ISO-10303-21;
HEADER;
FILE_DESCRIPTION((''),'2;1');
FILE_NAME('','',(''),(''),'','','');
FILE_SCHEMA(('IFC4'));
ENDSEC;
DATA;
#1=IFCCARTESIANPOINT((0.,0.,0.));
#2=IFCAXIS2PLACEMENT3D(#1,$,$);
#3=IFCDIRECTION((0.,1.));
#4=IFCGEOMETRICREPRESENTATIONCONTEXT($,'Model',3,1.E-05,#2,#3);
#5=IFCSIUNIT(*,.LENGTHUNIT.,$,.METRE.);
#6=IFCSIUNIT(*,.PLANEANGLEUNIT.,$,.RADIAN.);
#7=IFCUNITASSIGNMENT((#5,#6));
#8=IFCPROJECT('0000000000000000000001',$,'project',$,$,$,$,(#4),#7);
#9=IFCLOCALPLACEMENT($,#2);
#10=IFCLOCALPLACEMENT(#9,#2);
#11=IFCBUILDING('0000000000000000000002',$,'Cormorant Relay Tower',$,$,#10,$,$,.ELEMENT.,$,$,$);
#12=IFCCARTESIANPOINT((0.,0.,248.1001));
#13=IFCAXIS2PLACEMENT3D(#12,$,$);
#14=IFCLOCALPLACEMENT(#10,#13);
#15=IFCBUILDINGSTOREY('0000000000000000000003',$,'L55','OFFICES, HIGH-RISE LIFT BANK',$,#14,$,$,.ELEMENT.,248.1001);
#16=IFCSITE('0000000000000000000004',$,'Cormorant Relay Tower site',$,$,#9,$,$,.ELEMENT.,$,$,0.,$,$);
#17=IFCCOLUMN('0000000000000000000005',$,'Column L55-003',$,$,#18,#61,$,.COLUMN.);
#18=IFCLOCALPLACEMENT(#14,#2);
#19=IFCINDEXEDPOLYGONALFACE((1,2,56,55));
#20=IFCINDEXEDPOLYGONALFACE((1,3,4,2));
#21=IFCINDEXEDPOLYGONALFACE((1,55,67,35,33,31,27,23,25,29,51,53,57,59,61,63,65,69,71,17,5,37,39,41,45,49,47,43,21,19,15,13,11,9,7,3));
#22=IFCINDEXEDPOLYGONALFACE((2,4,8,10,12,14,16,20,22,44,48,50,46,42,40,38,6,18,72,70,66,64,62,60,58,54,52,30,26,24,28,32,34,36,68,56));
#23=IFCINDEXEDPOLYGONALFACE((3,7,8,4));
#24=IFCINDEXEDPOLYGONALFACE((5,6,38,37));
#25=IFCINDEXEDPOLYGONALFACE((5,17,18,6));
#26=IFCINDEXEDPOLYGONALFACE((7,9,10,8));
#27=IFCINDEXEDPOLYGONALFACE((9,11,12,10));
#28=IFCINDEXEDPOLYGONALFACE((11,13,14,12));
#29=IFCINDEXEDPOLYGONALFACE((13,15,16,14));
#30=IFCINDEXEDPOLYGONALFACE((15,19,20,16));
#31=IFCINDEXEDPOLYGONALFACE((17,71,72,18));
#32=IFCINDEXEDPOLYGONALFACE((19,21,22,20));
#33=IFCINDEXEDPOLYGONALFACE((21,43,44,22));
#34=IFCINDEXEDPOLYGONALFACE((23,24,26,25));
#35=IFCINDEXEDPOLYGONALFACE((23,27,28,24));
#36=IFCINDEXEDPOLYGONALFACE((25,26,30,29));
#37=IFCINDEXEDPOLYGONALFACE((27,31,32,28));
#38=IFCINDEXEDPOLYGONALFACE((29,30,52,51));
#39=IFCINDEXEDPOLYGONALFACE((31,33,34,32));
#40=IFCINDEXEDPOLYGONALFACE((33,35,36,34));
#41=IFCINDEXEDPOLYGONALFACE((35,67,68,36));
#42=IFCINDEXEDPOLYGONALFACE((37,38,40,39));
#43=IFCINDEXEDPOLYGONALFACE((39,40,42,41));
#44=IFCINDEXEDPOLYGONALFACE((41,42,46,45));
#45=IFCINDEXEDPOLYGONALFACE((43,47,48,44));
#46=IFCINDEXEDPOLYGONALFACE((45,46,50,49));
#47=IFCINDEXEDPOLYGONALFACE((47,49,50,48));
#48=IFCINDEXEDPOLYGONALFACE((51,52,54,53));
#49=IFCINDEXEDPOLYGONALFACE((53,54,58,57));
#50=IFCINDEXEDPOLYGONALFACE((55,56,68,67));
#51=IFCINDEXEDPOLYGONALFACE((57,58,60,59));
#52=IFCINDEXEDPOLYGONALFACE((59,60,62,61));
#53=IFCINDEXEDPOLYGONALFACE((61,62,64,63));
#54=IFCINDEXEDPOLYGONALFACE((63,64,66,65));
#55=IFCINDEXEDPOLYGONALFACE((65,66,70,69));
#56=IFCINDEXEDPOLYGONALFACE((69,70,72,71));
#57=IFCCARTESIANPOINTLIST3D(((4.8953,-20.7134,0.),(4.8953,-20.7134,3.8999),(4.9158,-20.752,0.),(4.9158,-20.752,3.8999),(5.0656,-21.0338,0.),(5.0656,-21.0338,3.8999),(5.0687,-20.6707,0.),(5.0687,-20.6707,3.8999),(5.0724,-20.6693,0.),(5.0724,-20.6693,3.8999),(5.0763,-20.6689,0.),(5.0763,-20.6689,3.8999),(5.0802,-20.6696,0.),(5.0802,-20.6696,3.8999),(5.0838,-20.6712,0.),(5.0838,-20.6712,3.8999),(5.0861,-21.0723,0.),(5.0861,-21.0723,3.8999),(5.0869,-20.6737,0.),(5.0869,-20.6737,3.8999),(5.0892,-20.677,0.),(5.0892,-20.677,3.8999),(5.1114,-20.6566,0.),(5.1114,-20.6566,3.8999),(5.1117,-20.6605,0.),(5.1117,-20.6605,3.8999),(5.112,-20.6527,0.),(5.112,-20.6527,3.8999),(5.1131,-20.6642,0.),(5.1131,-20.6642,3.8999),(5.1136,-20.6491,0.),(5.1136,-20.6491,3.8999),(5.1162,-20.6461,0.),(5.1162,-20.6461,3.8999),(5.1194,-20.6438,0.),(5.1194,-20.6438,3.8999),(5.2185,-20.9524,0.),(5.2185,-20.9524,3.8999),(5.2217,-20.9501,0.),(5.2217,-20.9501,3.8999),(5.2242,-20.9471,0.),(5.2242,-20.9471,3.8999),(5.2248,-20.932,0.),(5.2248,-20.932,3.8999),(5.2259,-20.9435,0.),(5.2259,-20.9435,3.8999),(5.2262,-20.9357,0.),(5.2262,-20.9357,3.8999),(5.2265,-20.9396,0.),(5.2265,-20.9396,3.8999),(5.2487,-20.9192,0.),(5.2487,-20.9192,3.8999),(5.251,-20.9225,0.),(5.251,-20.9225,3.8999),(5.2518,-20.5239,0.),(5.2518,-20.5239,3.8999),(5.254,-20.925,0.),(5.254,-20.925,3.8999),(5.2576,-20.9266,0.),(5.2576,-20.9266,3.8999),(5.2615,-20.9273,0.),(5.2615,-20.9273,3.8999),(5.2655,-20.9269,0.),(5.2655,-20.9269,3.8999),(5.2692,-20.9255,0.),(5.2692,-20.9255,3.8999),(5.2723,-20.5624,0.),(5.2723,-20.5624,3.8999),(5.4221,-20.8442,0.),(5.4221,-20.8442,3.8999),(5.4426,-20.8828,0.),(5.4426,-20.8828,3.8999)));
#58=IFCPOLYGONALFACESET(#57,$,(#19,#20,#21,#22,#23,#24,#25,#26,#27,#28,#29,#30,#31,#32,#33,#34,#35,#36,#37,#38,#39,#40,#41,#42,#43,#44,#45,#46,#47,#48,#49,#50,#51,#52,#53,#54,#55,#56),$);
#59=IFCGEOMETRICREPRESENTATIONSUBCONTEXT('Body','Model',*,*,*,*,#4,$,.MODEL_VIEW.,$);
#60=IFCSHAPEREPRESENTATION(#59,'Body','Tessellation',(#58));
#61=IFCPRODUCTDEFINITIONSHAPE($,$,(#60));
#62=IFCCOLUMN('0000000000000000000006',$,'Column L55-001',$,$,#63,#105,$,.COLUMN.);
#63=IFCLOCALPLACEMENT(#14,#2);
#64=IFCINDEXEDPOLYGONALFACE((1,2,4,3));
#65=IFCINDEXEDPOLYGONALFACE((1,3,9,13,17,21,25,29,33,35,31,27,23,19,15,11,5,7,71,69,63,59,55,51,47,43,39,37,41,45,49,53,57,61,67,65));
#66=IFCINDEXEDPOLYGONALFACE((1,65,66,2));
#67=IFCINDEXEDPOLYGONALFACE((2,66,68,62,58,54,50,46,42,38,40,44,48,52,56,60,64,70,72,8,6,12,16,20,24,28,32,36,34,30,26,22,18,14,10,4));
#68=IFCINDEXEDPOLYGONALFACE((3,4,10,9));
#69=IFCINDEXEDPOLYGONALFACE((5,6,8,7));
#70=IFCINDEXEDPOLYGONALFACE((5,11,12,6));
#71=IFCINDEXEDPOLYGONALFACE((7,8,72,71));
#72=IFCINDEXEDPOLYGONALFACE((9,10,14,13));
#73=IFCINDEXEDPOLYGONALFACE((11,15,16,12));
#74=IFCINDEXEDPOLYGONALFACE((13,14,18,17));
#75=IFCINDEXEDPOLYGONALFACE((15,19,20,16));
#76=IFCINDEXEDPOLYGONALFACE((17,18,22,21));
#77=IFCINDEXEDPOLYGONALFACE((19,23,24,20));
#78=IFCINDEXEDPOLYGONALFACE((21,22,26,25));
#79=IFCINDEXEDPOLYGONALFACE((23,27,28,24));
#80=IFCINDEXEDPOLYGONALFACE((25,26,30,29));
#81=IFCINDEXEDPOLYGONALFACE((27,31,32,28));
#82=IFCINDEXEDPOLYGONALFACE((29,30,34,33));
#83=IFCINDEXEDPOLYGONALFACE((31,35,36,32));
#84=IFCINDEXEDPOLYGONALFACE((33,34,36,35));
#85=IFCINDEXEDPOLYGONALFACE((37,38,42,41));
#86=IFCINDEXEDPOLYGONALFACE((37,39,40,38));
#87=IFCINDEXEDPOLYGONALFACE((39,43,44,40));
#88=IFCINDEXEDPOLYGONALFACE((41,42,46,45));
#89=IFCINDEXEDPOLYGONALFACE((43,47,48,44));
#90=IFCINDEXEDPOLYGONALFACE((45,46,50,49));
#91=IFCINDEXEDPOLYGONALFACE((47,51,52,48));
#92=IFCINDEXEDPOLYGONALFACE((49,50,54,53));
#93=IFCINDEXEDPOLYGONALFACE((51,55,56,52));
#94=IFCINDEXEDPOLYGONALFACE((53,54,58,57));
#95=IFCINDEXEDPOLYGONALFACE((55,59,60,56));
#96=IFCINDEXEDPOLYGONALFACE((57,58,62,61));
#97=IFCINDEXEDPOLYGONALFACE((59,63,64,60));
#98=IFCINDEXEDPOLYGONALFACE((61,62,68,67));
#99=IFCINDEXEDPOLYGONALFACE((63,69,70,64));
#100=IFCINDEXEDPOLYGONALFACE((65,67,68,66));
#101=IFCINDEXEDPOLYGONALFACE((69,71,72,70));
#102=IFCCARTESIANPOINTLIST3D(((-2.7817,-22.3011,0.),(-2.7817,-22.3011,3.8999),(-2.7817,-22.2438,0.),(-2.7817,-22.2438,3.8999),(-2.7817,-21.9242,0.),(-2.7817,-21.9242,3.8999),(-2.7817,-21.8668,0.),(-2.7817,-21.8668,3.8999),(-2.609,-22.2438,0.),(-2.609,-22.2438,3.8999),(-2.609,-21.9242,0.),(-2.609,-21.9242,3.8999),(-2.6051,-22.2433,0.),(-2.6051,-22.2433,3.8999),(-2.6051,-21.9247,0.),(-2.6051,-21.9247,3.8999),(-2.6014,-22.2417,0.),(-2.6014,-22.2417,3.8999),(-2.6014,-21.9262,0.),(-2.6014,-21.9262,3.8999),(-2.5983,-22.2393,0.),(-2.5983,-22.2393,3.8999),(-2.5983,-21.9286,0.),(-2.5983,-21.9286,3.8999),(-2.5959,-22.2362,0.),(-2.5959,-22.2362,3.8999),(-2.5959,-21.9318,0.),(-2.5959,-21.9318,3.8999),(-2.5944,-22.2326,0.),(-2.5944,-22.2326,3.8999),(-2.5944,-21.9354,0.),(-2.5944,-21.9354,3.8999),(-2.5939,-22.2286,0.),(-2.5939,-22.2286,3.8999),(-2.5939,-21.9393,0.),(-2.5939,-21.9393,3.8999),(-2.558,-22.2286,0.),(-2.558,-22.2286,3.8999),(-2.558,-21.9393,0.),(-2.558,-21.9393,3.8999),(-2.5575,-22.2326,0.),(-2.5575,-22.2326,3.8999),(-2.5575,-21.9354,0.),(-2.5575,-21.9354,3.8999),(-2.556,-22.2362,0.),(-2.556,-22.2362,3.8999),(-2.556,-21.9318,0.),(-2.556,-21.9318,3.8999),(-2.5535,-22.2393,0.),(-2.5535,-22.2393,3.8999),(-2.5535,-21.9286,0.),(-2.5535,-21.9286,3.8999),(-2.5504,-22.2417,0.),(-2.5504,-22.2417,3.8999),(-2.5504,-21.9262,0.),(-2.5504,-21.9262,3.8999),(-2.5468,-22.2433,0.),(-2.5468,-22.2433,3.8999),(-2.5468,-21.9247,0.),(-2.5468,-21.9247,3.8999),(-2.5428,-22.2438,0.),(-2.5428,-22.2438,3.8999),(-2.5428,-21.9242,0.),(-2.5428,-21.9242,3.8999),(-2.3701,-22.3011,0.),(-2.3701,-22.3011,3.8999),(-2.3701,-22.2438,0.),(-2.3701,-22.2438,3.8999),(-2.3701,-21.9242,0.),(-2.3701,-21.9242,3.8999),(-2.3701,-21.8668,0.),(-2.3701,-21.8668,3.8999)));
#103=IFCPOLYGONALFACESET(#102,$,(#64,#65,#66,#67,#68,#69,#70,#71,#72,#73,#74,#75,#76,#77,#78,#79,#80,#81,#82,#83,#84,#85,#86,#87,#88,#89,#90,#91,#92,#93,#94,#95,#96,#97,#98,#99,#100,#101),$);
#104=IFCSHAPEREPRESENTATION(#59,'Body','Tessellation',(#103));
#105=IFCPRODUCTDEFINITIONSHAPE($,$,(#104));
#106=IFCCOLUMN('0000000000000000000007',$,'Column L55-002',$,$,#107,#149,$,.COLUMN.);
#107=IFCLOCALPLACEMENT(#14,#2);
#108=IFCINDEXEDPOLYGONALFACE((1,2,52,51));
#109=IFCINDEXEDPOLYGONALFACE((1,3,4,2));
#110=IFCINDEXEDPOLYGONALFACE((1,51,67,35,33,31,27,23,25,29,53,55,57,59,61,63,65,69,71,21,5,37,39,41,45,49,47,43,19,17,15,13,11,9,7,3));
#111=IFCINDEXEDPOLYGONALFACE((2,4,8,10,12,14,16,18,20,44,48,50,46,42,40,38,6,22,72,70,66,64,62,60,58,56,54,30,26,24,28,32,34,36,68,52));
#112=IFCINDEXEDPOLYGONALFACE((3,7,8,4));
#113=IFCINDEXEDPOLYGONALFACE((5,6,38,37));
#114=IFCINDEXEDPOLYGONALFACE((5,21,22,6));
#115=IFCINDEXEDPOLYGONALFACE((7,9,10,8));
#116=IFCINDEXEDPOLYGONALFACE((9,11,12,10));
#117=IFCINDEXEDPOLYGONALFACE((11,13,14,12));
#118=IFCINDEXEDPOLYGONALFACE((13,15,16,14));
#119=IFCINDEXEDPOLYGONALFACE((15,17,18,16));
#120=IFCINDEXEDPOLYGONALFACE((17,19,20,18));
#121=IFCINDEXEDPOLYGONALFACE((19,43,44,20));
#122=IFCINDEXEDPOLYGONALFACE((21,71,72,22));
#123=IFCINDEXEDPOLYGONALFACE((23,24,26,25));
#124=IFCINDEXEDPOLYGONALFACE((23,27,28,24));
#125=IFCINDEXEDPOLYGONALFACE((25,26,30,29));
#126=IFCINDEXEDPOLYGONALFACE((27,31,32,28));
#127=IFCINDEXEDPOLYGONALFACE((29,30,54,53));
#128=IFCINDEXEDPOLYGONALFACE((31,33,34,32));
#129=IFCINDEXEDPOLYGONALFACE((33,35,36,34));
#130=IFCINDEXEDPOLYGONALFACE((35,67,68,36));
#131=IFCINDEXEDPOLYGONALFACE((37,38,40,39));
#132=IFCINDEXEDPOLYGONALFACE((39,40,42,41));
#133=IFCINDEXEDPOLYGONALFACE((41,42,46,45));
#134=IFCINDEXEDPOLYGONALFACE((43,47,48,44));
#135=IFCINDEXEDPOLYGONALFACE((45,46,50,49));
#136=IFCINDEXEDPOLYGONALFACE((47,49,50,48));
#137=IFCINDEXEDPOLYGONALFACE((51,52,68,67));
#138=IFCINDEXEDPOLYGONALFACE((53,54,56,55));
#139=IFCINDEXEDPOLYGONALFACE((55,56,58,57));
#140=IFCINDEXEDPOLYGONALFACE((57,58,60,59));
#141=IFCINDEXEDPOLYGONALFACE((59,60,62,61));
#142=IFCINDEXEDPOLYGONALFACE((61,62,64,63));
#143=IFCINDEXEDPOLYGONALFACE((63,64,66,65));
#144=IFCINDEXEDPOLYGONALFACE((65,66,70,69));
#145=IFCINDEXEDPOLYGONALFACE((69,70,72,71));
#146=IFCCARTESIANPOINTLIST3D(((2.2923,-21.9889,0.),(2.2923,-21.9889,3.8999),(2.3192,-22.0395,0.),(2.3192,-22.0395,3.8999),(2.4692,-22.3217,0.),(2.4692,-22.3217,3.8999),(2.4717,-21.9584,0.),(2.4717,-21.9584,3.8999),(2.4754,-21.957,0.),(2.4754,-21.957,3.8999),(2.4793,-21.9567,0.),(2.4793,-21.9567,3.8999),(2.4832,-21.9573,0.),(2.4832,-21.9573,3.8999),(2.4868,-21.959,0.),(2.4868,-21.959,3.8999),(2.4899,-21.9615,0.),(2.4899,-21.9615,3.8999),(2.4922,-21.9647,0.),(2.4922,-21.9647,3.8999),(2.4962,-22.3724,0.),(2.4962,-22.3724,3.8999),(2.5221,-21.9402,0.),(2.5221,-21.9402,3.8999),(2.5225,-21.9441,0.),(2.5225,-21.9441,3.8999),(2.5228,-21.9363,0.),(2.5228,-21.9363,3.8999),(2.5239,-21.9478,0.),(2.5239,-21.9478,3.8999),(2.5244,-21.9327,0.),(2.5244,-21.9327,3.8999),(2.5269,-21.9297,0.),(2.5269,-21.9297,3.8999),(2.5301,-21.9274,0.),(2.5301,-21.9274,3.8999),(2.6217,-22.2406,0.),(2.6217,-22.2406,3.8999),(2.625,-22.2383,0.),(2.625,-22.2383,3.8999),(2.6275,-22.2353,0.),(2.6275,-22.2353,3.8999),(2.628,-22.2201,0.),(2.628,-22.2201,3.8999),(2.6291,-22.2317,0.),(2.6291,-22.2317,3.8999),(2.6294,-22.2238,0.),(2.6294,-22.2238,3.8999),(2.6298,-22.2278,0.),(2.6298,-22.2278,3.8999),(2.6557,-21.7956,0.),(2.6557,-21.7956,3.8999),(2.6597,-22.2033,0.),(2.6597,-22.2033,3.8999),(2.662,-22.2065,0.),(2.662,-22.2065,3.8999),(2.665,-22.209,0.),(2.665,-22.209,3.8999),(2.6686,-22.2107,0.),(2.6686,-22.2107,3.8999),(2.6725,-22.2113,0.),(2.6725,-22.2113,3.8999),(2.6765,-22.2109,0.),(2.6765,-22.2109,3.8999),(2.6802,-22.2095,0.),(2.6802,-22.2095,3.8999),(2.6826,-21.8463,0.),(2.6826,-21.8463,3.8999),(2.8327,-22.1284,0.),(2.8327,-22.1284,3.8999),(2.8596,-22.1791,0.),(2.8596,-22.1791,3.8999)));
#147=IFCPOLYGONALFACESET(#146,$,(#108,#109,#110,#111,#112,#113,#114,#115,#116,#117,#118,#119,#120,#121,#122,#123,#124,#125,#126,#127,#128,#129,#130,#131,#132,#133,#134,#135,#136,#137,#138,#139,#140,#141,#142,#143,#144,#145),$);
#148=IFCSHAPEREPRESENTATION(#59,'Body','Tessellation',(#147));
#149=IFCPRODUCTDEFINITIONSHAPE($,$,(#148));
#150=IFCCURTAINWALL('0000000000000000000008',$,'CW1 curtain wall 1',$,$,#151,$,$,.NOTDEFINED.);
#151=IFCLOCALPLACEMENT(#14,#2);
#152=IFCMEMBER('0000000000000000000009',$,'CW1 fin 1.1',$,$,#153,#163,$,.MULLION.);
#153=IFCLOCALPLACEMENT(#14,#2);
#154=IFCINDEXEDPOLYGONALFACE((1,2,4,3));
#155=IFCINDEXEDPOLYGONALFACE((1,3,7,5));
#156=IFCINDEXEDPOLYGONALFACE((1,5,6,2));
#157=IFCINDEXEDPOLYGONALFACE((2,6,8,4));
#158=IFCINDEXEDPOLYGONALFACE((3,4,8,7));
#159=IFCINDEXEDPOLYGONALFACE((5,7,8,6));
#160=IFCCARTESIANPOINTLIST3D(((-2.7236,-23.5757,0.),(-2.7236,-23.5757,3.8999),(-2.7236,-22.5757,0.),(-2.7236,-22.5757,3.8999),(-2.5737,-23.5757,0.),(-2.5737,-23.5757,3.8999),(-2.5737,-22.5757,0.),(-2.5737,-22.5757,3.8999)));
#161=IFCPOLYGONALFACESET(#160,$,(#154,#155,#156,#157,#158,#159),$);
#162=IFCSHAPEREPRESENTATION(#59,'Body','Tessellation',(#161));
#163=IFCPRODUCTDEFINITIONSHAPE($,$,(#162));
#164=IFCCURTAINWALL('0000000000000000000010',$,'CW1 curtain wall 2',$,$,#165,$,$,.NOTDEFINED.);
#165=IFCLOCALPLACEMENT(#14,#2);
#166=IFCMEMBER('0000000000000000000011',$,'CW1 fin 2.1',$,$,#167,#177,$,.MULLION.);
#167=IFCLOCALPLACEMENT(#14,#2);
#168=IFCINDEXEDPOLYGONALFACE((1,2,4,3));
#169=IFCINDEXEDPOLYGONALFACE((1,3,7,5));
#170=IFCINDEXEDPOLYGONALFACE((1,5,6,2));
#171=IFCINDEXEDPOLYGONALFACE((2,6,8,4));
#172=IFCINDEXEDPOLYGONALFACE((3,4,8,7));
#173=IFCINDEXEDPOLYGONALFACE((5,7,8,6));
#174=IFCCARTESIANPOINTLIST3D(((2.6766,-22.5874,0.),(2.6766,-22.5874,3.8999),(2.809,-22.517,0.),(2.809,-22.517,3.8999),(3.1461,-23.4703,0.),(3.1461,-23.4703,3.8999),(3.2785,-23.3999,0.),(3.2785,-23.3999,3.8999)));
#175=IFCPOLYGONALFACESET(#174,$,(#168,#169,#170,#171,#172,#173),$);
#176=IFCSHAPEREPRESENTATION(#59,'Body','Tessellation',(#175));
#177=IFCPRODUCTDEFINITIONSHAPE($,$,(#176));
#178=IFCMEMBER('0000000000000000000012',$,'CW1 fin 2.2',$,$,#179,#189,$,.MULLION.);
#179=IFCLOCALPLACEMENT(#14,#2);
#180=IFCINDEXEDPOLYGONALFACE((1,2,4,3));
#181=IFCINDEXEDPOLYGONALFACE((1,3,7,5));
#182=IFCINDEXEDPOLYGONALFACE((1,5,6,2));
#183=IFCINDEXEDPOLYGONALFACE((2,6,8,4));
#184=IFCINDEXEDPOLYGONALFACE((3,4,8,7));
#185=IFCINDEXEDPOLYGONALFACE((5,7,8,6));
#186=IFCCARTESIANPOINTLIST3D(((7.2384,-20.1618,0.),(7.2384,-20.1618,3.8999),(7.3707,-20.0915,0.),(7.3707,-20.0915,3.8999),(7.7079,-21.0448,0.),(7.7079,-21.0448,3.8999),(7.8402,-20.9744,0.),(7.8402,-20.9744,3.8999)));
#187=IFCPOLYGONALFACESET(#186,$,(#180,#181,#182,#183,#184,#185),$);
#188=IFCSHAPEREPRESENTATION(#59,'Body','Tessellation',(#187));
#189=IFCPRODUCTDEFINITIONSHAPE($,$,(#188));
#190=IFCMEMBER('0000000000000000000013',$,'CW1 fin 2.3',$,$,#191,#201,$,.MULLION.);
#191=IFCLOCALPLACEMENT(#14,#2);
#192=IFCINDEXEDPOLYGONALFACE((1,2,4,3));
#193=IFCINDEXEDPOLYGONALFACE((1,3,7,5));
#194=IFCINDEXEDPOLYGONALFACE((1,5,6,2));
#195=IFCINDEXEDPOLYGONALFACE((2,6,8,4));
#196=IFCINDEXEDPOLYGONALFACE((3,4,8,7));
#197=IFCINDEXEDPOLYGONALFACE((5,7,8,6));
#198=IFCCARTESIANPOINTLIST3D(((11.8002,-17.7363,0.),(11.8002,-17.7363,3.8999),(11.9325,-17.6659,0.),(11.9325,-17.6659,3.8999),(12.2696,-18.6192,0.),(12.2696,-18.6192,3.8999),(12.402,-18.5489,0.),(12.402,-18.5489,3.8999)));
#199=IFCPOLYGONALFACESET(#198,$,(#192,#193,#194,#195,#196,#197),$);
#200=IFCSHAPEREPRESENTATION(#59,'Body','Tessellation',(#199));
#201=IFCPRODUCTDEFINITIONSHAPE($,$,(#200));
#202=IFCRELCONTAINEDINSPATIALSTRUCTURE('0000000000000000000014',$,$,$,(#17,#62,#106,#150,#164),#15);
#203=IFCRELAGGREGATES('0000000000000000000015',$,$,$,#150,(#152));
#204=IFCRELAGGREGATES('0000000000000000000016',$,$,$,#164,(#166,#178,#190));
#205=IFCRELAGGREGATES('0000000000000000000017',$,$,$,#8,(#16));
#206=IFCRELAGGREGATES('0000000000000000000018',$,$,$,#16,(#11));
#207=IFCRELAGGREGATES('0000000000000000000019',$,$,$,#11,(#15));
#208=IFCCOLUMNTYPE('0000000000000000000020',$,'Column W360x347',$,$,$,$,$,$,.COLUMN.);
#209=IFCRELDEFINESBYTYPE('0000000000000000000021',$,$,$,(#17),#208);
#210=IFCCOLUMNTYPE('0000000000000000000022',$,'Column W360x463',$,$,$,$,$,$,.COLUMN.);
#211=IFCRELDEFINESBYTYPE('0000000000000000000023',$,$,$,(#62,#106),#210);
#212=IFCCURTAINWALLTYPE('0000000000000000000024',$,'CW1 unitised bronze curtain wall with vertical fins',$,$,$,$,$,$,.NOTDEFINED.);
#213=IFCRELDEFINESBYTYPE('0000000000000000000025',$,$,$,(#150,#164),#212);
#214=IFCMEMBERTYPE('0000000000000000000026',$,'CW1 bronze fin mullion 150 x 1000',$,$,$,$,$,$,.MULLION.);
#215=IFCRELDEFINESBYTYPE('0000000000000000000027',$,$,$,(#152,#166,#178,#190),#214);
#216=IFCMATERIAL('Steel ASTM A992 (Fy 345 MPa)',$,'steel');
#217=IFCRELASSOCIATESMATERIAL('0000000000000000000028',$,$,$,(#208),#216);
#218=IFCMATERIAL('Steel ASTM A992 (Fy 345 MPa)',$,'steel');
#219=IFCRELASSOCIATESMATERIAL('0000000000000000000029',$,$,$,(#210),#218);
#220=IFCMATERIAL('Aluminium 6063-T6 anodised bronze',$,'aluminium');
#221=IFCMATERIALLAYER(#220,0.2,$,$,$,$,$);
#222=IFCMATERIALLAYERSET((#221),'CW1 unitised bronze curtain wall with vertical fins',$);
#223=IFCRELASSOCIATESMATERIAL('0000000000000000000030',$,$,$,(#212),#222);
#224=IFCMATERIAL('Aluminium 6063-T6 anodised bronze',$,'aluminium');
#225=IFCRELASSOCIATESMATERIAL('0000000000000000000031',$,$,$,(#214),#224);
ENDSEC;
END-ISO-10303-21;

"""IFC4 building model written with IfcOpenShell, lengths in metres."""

from ifc_helpers import new_model, si_unit, direction, frame, origin, origin_2d, place, context, subcontext, project, spatial, rectangle, i_section, extrude, material, layer, layer_set, material_profile, profile_set, type_object, element, aggregate, save


model = new_model("IFC4")

# Units and contexts
model_context = context("Model", 3, precision=1e-05, world=origin(), true_north=direction((0.0, 1.0)))
body_context = subcontext(model_context, "Body", "Model", "MODEL_VIEW")
ifc_project = project(units=[si_unit("LENGTHUNIT", "METRE"), si_unit("PLANEANGLEUNIT", "RADIAN")], contexts=[model_context])

# Site, building, storey
site_placement = place(None, origin())
site = spatial("IfcSite", under=ifc_project, at=site_placement, Name="Cormorant Relay Tower site", CompositionType="ELEMENT", RefElevation=0.0)
building_placement = place(site_placement, origin())
building = spatial("IfcBuilding", under=site, at=building_placement, Name="Cormorant Relay Tower", CompositionType="ELEMENT")
storey_placement = place(building_placement, frame((0.0, 0.0, 248.1001)))
storey = spatial("IfcBuildingStorey", under=building, at=storey_placement, Name="L55", Description="OFFICES, HIGH-RISE LIFT BANK", CompositionType="ELEMENT", Elevation=248.1001)

# Columns
ifc_material_1 = material(Name="Steel ASTM A992 (Fy 345 MPa)", Category="steel")
ifc_material_profile_1 = material_profile(ifc_material_1, i_section(OverallWidth=0.4038, OverallDepth=0.4065, WebThickness=0.0271, FlangeThickness=0.0437, FilletRadius=0.0151, at=origin_2d()), Name="W360x347")
ifc_profile_set_1 = profile_set([ifc_material_profile_1], Name="Steel ASTM A992 (Fy 345 MPa)")
column_type_1 = type_object("IfcColumnType", Name="Column W360x347", PredefinedType="COLUMN", material=ifc_profile_set_1)
column_placement = place(storey_placement, frame((5.1689, -20.7981, 0.0), z_axis=(0.0, 0.0, 1.0), x_axis=(0.882948, 0.469472, 0.0)))
element("IfcColumn", 1, at=column_placement, inside=storey, type_object=column_type_1, Name="Column L55-003", PredefinedType="COLUMN", context=body_context, shape_type="SweptSolid", body=[
    extrude(i_section(OverallWidth=0.4038, OverallDepth=0.4065, WebThickness=0.0271, FlangeThickness=0.0437, FilletRadius=0.0151, at=origin_2d()), origin(), (0.0, 0.0, 1.0), 3.8999),
])
ifc_material_2 = material(Name="Steel ASTM A992 (Fy 345 MPa)", Category="steel")
ifc_material_profile_2 = material_profile(ifc_material_2, i_section(OverallWidth=0.4116, OverallDepth=0.4343, WebThickness=0.0359, FlangeThickness=0.0574, FilletRadius=0.0151, at=origin_2d()), Name="W360x463")
ifc_profile_set_2 = profile_set([ifc_material_profile_2], Name="Steel ASTM A992 (Fy 345 MPa)")
column_type_2 = type_object("IfcColumnType", Name="Column W360x463", PredefinedType="COLUMN", material=ifc_profile_set_2)
for number, where, z_axis, x_axis, name in (
    (2, (-2.5759, -22.084, 0.0), (0.0, 0.0, 1.0), (1.0, 0.0, 0.0), "Column L55-001"),
    (3, (2.5759, -22.084, 0.0), (0.0, 0.0, 1.0), (0.882948, 0.469472, 0.0), "Column L55-002"),
):
    element("IfcColumn", number, at=place(storey_placement, frame(where, z_axis=z_axis, x_axis=x_axis)), inside=storey, type_object=column_type_2, Name=name, PredefinedType="COLUMN", context=body_context, shape_type="SweptSolid", body=[
        extrude(i_section(OverallWidth=0.4116, OverallDepth=0.4343, WebThickness=0.0359, FlangeThickness=0.0574, FilletRadius=0.0151, at=origin_2d()), origin(), (0.0, 0.0, 1.0), 3.8999),
    ])

# Curtain wall, member
ifc_material_3 = material(Name="Aluminium 6063-T6 anodised bronze", Category="aluminium")
ifc_layer_1 = layer(ifc_material_3, 0.2)
ifc_layer_set_1 = layer_set([ifc_layer_1], Name="CW1 unitised bronze curtain wall with vertical fins")
curtain_wall_type = type_object("IfcCurtainWallType", Name="CW1 unitised bronze curtain wall with vertical fins", PredefinedType="NOTDEFINED", material=ifc_layer_set_1)
curtain_wall_1_placement = place(storey_placement, origin())
curtain_wall_1 = element("IfcCurtainWall", 4, at=curtain_wall_1_placement, inside=storey, type_object=curtain_wall_type, Name="CW1 curtain wall 1", PredefinedType="NOTDEFINED")
ifc_material_4 = material(Name="Aluminium 6063-T6 anodised bronze", Category="aluminium")
ifc_material_profile_3 = material_profile(ifc_material_4, rectangle(XDim=0.1499, YDim=1.0, at=origin_2d()), Name="AL 150x1000")
ifc_profile_set_3 = profile_set([ifc_material_profile_3], Name="Aluminium 6063-T6 anodised bronze")
member_type_1 = type_object("IfcMemberType", Name="CW1 bronze fin mullion 150 x 1000", PredefinedType="MULLION", material=ifc_profile_set_3)
member_1_placement = place(storey_placement, frame((-2.6487, -23.0757, 0.0), z_axis=(0.0, 0.0, 1.0), x_axis=(1.0, 0.0, 0.0)))
member_1 = element("IfcMember", 5, at=member_1_placement, type_object=member_type_1, Name="CW1 fin 1.1", PredefinedType="MULLION", context=body_context, shape_type="SweptSolid", body=[
    extrude(rectangle(XDim=0.1499, YDim=1.0, at=origin_2d()), origin(), (0.0, 0.0, 1.0), 3.8999),
])

# Curtain wall, members
curtain_wall_2_placement = place(storey_placement, origin())
curtain_wall_2 = element("IfcCurtainWall", 6, at=curtain_wall_2_placement, inside=storey, type_object=curtain_wall_type, Name="CW1 curtain wall 2", PredefinedType="NOTDEFINED")
member_2_placement = place(storey_placement, frame((2.9775, -22.9937, 0.0), z_axis=(0.0, 0.0, 1.0), x_axis=(0.882948, 0.469472, 0.0)))
member_2 = element("IfcMember", 7, at=member_2_placement, type_object=member_type_1, Name="CW1 fin 2.1", PredefinedType="MULLION", context=body_context, shape_type="SweptSolid", body=[
    extrude(rectangle(XDim=0.1499, YDim=1.0, at=origin_2d()), origin(), (0.0, 0.0, 1.0), 3.8999),
])
member_3_placement = place(storey_placement, frame((7.5393, -20.5681, 0.0), z_axis=(0.0, 0.0, 1.0), x_axis=(0.882948, 0.469472, 0.0)))
member_3 = element("IfcMember", 8, at=member_3_placement, type_object=member_type_1, Name="CW1 fin 2.2", PredefinedType="MULLION", context=body_context, shape_type="SweptSolid", body=[
    extrude(rectangle(XDim=0.1499, YDim=1.0, at=origin_2d()), origin(), (0.0, 0.0, 1.0), 3.8999),
])
member_4_placement = place(storey_placement, frame((12.1011, -18.1426, 0.0), z_axis=(0.0, 0.0, 1.0), x_axis=(0.882948, 0.469472, 0.0)))
member_4 = element("IfcMember", 9, at=member_4_placement, type_object=member_type_1, Name="CW1 fin 2.3", PredefinedType="MULLION", context=body_context, shape_type="SweptSolid", body=[
    extrude(rectangle(XDim=0.1499, YDim=1.0, at=origin_2d()), origin(), (0.0, 0.0, 1.0), 3.8999),
])

aggregate(curtain_wall_1, [member_1])

aggregate(curtain_wall_2, [member_2, member_3, member_4])

save(model, "model.ifc")
